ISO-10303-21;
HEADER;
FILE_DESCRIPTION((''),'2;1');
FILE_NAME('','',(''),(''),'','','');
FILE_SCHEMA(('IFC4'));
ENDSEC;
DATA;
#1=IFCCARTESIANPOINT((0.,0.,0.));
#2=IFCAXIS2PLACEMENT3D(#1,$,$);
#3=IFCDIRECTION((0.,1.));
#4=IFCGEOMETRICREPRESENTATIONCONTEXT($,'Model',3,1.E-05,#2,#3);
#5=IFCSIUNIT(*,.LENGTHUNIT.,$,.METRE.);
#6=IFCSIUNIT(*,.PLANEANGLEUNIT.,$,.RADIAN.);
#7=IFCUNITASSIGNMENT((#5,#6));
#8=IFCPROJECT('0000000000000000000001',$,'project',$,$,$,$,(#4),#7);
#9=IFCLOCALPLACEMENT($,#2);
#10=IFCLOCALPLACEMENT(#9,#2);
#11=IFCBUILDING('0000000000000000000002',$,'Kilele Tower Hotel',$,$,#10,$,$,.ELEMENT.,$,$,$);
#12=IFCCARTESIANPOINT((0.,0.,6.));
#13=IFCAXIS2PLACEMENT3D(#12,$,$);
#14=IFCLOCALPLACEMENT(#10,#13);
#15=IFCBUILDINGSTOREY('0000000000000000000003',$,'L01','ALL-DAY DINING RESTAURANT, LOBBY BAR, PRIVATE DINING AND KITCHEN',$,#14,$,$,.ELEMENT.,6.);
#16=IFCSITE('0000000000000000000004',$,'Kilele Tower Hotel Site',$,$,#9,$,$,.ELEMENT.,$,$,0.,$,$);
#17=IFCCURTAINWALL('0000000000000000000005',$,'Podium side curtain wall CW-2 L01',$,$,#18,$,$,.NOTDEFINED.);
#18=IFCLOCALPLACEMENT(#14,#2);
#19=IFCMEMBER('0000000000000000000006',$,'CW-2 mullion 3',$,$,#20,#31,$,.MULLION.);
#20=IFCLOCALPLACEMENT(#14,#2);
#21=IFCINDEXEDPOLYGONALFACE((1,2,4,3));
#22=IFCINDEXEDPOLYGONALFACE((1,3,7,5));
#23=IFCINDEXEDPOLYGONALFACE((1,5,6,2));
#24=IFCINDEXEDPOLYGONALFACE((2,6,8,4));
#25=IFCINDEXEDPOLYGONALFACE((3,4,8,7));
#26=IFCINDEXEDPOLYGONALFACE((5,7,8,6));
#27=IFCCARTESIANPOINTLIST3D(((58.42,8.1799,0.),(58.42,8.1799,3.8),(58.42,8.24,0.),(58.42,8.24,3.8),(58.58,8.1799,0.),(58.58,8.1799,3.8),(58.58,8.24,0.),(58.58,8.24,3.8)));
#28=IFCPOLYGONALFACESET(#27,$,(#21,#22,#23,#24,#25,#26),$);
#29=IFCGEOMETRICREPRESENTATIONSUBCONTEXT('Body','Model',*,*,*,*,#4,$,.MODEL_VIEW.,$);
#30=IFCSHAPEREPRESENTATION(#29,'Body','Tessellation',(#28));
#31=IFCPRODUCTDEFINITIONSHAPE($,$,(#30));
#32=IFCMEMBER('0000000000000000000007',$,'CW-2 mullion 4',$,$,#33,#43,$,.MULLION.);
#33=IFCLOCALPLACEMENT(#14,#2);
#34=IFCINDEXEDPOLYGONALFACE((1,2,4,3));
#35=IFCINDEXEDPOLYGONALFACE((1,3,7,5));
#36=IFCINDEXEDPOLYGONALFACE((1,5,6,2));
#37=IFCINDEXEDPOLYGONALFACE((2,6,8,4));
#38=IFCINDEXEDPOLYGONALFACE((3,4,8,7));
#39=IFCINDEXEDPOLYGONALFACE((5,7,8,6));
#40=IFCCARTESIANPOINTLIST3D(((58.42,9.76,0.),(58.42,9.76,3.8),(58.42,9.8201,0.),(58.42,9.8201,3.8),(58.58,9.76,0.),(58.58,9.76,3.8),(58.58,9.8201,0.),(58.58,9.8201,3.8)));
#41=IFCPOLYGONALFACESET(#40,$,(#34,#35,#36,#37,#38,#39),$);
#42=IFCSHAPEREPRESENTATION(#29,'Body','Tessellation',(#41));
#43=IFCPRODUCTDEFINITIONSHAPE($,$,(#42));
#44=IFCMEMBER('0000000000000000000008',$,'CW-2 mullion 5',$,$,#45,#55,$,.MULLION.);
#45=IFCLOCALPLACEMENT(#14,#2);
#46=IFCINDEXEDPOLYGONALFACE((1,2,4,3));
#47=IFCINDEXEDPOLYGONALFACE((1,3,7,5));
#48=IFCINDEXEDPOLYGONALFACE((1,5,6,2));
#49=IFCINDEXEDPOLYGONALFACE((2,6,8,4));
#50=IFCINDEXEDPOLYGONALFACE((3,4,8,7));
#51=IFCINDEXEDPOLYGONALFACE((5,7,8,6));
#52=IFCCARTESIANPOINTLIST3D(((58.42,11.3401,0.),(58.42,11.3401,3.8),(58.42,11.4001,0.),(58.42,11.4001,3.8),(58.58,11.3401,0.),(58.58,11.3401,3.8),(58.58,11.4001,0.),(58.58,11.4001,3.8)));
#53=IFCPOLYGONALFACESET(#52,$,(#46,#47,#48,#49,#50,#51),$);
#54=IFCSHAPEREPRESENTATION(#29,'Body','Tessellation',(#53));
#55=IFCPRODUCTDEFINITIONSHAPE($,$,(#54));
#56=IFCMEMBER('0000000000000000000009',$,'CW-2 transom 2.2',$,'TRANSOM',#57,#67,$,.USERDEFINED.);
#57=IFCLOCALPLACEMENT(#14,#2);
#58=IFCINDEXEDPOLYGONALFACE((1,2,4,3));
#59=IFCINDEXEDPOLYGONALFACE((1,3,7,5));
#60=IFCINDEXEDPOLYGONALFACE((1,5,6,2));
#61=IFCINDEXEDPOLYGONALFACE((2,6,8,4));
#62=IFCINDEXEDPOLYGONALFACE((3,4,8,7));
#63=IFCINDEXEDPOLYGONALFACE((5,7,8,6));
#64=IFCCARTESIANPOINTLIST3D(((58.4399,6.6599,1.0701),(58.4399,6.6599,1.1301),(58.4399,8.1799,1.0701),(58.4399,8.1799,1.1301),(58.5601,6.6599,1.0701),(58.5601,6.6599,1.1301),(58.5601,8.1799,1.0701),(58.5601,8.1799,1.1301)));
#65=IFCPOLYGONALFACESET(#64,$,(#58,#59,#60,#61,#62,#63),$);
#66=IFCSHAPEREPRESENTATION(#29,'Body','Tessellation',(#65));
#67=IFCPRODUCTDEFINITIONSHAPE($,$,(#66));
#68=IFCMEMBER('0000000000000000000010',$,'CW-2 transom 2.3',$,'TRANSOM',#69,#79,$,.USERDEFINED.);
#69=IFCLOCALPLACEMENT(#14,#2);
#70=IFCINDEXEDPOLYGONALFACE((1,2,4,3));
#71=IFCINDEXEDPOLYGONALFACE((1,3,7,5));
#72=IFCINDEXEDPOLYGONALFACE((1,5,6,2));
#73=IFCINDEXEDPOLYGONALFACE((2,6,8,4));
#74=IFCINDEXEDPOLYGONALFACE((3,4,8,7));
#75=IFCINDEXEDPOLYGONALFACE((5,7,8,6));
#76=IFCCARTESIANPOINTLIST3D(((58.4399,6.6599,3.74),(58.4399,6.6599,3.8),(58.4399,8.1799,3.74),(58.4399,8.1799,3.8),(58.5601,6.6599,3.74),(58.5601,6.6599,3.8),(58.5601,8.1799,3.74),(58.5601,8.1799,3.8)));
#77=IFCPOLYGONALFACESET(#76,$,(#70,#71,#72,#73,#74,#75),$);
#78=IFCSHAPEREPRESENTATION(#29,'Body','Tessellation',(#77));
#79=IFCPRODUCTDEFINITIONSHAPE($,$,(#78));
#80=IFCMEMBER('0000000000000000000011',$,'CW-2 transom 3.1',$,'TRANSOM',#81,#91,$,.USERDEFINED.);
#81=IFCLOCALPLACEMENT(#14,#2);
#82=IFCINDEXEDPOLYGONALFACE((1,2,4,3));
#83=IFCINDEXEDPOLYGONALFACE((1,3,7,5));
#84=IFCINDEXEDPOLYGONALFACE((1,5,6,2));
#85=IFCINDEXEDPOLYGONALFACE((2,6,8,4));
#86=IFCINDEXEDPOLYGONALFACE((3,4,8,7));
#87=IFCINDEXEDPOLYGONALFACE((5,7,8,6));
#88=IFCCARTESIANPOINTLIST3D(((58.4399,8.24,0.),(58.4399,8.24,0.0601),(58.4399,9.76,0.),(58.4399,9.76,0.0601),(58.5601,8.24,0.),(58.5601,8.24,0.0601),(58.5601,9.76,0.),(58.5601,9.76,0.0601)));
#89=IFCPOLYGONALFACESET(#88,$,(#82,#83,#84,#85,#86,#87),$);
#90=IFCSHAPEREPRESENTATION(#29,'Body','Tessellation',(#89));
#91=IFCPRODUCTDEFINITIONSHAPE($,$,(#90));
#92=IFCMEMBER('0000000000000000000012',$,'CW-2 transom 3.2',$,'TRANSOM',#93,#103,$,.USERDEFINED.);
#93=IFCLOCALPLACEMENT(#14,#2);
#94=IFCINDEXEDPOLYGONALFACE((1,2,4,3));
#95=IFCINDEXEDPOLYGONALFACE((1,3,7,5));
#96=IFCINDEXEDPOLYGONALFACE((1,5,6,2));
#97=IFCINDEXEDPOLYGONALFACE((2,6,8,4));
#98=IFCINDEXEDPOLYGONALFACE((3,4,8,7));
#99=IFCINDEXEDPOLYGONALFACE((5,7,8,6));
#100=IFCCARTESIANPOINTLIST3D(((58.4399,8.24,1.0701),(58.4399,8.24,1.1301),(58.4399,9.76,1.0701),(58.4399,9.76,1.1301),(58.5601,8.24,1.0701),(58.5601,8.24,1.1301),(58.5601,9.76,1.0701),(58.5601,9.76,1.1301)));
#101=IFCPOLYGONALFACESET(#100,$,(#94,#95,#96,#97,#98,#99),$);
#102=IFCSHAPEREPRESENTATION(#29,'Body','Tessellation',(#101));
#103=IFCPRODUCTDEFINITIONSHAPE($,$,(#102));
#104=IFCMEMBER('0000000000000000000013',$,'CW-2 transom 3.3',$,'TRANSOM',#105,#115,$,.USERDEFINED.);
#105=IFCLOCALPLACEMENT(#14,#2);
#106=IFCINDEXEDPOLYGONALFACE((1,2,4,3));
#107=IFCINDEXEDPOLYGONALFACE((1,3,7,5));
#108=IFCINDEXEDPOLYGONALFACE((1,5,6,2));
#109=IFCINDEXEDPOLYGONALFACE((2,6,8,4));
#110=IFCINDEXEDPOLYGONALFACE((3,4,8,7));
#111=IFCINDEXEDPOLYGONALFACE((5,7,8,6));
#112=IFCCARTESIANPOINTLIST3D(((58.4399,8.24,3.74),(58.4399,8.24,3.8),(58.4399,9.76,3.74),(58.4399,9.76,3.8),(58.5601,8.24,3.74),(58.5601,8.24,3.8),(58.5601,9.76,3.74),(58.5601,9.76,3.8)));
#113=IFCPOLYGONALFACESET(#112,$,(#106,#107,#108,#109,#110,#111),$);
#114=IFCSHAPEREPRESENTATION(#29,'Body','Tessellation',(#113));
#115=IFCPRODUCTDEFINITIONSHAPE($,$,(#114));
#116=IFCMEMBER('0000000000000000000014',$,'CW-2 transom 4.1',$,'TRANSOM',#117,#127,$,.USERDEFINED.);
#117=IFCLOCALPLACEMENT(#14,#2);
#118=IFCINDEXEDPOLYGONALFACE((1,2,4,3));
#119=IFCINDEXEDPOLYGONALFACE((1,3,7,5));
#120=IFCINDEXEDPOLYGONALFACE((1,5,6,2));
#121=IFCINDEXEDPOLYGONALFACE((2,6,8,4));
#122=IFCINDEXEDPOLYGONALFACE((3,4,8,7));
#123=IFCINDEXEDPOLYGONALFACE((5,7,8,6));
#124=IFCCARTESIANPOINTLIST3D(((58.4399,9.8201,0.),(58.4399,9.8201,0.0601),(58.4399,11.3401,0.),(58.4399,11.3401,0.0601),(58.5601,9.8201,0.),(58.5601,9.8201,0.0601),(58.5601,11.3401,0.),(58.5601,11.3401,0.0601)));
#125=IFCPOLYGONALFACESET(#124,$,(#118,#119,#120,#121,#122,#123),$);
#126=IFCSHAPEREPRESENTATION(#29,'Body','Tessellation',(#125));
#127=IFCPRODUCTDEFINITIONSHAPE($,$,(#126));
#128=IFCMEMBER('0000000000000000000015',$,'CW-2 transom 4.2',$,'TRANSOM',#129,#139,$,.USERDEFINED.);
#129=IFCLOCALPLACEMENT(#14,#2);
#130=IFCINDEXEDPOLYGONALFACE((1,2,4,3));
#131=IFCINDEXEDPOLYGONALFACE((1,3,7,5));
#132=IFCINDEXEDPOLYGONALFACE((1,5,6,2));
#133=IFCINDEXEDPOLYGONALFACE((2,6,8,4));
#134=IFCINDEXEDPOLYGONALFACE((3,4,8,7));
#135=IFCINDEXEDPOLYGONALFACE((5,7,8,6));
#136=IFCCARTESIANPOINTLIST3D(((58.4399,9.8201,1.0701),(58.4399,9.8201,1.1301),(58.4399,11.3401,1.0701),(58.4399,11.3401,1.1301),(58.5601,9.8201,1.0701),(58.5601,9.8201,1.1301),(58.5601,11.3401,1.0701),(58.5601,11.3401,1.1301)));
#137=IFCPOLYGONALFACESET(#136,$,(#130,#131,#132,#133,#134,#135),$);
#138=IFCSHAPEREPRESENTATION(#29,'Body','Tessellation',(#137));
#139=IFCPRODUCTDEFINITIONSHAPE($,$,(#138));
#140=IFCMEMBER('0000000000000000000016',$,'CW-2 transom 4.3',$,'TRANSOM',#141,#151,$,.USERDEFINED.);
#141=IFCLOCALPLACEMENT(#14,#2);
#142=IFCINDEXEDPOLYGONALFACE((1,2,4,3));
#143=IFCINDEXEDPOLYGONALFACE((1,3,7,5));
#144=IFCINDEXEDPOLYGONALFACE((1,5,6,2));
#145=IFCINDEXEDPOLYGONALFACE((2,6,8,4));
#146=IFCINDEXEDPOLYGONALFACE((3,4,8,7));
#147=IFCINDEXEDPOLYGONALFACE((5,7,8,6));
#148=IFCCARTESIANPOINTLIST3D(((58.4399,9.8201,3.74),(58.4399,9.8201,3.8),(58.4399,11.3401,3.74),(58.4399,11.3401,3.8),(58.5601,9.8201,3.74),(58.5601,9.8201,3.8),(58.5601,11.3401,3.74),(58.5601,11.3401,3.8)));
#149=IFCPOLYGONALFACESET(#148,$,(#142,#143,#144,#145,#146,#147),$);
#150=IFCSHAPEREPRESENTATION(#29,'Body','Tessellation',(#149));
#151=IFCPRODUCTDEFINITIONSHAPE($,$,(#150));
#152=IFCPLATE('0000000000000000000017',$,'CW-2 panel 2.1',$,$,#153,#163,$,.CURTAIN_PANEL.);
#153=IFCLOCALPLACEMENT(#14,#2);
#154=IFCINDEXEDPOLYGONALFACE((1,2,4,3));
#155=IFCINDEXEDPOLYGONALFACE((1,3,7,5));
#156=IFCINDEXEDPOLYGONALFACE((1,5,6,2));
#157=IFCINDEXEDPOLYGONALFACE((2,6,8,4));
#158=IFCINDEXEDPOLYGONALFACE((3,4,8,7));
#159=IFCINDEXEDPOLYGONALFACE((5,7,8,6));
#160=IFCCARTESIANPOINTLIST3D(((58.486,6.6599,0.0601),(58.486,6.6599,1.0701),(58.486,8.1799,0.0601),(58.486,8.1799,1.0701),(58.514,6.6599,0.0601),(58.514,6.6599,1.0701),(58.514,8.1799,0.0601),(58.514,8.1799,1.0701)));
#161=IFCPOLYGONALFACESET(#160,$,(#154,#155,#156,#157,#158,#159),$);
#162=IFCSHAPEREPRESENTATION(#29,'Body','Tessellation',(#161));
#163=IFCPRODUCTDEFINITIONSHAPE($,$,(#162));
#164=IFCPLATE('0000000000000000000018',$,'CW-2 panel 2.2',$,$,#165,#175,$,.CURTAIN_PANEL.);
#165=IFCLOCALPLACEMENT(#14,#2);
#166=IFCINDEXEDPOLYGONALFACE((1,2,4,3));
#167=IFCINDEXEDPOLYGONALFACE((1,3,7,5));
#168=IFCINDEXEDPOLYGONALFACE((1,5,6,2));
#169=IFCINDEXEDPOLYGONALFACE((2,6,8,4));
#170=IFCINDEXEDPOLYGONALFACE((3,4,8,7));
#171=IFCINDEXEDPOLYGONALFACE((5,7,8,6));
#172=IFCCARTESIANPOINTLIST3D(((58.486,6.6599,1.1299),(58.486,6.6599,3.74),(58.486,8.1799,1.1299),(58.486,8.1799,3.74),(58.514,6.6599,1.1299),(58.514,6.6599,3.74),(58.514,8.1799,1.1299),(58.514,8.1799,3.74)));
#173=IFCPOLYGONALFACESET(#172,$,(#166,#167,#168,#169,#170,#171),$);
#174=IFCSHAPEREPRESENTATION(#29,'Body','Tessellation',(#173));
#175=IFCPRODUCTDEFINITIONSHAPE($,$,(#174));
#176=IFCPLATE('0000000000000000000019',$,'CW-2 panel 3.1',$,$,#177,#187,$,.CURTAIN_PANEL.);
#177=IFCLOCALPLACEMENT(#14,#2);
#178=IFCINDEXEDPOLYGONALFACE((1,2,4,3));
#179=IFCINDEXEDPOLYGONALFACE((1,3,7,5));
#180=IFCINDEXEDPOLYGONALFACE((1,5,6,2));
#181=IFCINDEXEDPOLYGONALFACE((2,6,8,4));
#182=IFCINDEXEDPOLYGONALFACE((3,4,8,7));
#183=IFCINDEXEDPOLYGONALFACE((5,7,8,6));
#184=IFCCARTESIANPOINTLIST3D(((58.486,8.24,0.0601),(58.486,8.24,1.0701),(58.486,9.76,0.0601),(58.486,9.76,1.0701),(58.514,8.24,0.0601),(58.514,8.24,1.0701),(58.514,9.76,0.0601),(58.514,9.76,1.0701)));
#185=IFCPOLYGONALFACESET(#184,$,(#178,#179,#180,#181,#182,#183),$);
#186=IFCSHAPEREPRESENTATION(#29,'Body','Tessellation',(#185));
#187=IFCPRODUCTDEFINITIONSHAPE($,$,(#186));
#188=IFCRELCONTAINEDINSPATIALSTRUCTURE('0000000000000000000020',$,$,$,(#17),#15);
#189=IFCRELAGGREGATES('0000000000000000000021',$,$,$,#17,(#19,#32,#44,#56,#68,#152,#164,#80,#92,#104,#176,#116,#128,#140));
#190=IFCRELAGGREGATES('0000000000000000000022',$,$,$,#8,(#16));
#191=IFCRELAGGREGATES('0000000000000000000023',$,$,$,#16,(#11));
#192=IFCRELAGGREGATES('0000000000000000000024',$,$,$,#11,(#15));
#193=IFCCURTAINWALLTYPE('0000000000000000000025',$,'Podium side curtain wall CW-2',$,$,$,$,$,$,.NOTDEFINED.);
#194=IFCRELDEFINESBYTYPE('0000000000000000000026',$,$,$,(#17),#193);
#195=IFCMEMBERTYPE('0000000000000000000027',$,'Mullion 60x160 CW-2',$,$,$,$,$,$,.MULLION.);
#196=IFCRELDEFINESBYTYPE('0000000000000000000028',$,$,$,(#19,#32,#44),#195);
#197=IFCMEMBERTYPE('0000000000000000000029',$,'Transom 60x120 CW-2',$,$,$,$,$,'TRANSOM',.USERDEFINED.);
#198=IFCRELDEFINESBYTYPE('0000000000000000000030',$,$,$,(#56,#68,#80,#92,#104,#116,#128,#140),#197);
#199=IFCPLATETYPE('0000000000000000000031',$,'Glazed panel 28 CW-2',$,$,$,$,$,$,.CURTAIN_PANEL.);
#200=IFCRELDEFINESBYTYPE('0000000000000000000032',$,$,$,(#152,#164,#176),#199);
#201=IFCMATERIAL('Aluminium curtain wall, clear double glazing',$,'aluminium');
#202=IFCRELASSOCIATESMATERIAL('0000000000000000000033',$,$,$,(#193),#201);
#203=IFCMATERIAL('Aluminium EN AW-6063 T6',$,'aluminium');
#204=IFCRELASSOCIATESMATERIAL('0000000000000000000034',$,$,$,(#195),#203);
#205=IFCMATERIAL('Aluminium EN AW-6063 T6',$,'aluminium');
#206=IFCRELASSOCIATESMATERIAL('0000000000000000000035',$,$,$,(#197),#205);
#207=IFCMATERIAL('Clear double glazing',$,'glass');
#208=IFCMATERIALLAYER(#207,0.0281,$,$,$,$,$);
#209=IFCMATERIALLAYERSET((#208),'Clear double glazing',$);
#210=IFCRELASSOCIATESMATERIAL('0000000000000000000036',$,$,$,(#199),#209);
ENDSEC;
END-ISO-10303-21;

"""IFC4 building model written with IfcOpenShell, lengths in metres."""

from ifc_helpers import new_model, si_unit, direction, frame, origin, origin_2d, place, context, subcontext, project, spatial, rectangle, extrude, material, layer, layer_set, material_profile, profile_set, type_object, element, aggregate, save


model = new_model("IFC4")

# Units and contexts
model_context = context("Model", 3, precision=1e-05, world=origin(), true_north=direction((0.0, 1.0)))
body_context = subcontext(model_context, "Body", "Model", "MODEL_VIEW")
ifc_project = project(units=[si_unit("LENGTHUNIT", "METRE"), si_unit("PLANEANGLEUNIT", "RADIAN")], contexts=[model_context])

# Site, building, storey
site_placement = place(None, origin())
site = spatial("IfcSite", under=ifc_project, at=site_placement, Name="Kilele Tower Hotel Site", CompositionType="ELEMENT", RefElevation=0.0)
building_placement = place(site_placement, origin())
building = spatial("IfcBuilding", under=site, at=building_placement, Name="Kilele Tower Hotel", CompositionType="ELEMENT")
storey_placement = place(building_placement, frame((0.0, 0.0, 6.0)))
storey = spatial("IfcBuildingStorey", under=building, at=storey_placement, Name="L01", Description="ALL-DAY DINING RESTAURANT, LOBBY BAR, PRIVATE DINING AND KITCHEN", CompositionType="ELEMENT", Elevation=6.0)

# Curtain wall, members, plates
ifc_material_1 = material(Name="Aluminium curtain wall, clear double glazing", Category="aluminium")
curtain_wall_type = type_object("IfcCurtainWallType", Name="Podium side curtain wall CW-2", PredefinedType="NOTDEFINED", material=ifc_material_1)
curtain_wall_placement = place(storey_placement, origin())
curtain_wall = element("IfcCurtainWall", 1, at=curtain_wall_placement, inside=storey, type_object=curtain_wall_type, Name="Podium side curtain wall CW-2 L01", PredefinedType="NOTDEFINED")
ifc_material_2 = material(Name="Aluminium EN AW-6063 T6", Category="aluminium")
ifc_material_profile_1 = material_profile(ifc_material_2, rectangle(XDim=0.1599, YDim=0.0601, at=origin_2d()))
ifc_profile_set_1 = profile_set([ifc_material_profile_1], Name="Aluminium EN AW-6063 T6")
member_type_1 = type_object("IfcMemberType", Name="Mullion 60x160 CW-2", PredefinedType="MULLION", material=ifc_profile_set_1)
member_1_placement = place(storey_placement, frame((58.5, 8.21, 0.0), z_axis=(0.0, 0.0, 1.0), x_axis=(-1.0, 0.0, 0.0)))
member_1 = element("IfcMember", 2, at=member_1_placement, type_object=member_type_1, Name="CW-2 mullion 3", PredefinedType="MULLION", context=body_context, shape_type="SweptSolid", body=[
    extrude(rectangle(XDim=0.1599, YDim=0.0601, at=origin_2d()), origin(), (0.0, 0.0, 1.0), 3.8),
])
member_2_placement = place(storey_placement, frame((58.5, 9.79, 0.0), z_axis=(0.0, 0.0, 1.0), x_axis=(-1.0, 0.0, 0.0)))
member_2 = element("IfcMember", 3, at=member_2_placement, type_object=member_type_1, Name="CW-2 mullion 4", PredefinedType="MULLION", context=body_context, shape_type="SweptSolid", body=[
    extrude(rectangle(XDim=0.1599, YDim=0.0601, at=origin_2d()), origin(), (0.0, 0.0, 1.0), 3.8),
])
member_3_placement = place(storey_placement, frame((58.5, 11.3701, 0.0), z_axis=(0.0, 0.0, 1.0), x_axis=(-1.0, 0.0, 0.0)))
member_3 = element("IfcMember", 4, at=member_3_placement, type_object=member_type_1, Name="CW-2 mullion 5", PredefinedType="MULLION", context=body_context, shape_type="SweptSolid", body=[
    extrude(rectangle(XDim=0.1599, YDim=0.0601, at=origin_2d()), origin(), (0.0, 0.0, 1.0), 3.8),
])
ifc_material_3 = material(Name="Aluminium EN AW-6063 T6", Category="aluminium")
ifc_material_profile_2 = material_profile(ifc_material_3, rectangle(XDim=0.1201, YDim=0.0601, at=origin_2d()))
ifc_profile_set_2 = profile_set([ifc_material_profile_2], Name="Aluminium EN AW-6063 T6")
member_type_2 = type_object("IfcMemberType", Name="Transom 60x120 CW-2", ElementType="TRANSOM", PredefinedType="USERDEFINED", material=ifc_profile_set_2)
member_4_placement = place(storey_placement, frame((58.5, 6.6599, 1.1001), z_axis=(0.0, 1.0, 0.0), x_axis=(-1.0, 0.0, 0.0)))
member_4 = element("IfcMember", 5, at=member_4_placement, type_object=member_type_2, Name="CW-2 transom 2.2", ObjectType="TRANSOM", PredefinedType="USERDEFINED", context=body_context, shape_type="SweptSolid", body=[
    extrude(rectangle(XDim=0.1201, YDim=0.0601, at=origin_2d()), origin(), (0.0, 0.0, 1.0), 1.52),
])
member_5_placement = place(storey_placement, frame((58.5, 6.6599, 3.77), z_axis=(0.0, 1.0, 0.0), x_axis=(-1.0, 0.0, 0.0)))
member_5 = element("IfcMember", 6, at=member_5_placement, type_object=member_type_2, Name="CW-2 transom 2.3", ObjectType="TRANSOM", PredefinedType="USERDEFINED", context=body_context, shape_type="SweptSolid", body=[
    extrude(rectangle(XDim=0.1201, YDim=0.0601, at=origin_2d()), origin(), (0.0, 0.0, 1.0), 1.52),
])
member_6_placement = place(storey_placement, frame((58.5, 8.24, 0.03), z_axis=(0.0, 1.0, 0.0), x_axis=(-1.0, 0.0, 0.0)))
member_6 = element("IfcMember", 7, at=member_6_placement, type_object=member_type_2, Name="CW-2 transom 3.1", ObjectType="TRANSOM", PredefinedType="USERDEFINED", context=body_context, shape_type="SweptSolid", body=[
    extrude(rectangle(XDim=0.1201, YDim=0.0601, at=origin_2d()), origin(), (0.0, 0.0, 1.0), 1.52),
])
member_7_placement = place(storey_placement, frame((58.5, 8.24, 1.1001), z_axis=(0.0, 1.0, 0.0), x_axis=(-1.0, 0.0, 0.0)))
member_7 = element("IfcMember", 8, at=member_7_placement, type_object=member_type_2, Name="CW-2 transom 3.2", ObjectType="TRANSOM", PredefinedType="USERDEFINED", context=body_context, shape_type="SweptSolid", body=[
    extrude(rectangle(XDim=0.1201, YDim=0.0601, at=origin_2d()), origin(), (0.0, 0.0, 1.0), 1.52),
])
member_8_placement = place(storey_placement, frame((58.5, 8.24, 3.77), z_axis=(0.0, 1.0, 0.0), x_axis=(-1.0, 0.0, 0.0)))
member_8 = element("IfcMember", 9, at=member_8_placement, type_object=member_type_2, Name="CW-2 transom 3.3", ObjectType="TRANSOM", PredefinedType="USERDEFINED", context=body_context, shape_type="SweptSolid", body=[
    extrude(rectangle(XDim=0.1201, YDim=0.0601, at=origin_2d()), origin(), (0.0, 0.0, 1.0), 1.52),
])
member_9_placement = place(storey_placement, frame((58.5, 9.8201, 0.03), z_axis=(0.0, 1.0, 0.0), x_axis=(-1.0, 0.0, 0.0)))
member_9 = element("IfcMember", 10, at=member_9_placement, type_object=member_type_2, Name="CW-2 transom 4.1", ObjectType="TRANSOM", PredefinedType="USERDEFINED", context=body_context, shape_type="SweptSolid", body=[
    extrude(rectangle(XDim=0.1201, YDim=0.0601, at=origin_2d()), origin(), (0.0, 0.0, 1.0), 1.52),
])
member_10_placement = place(storey_placement, frame((58.5, 9.8201, 1.1001), z_axis=(0.0, 1.0, 0.0), x_axis=(-1.0, 0.0, 0.0)))
member_10 = element("IfcMember", 11, at=member_10_placement, type_object=member_type_2, Name="CW-2 transom 4.2", ObjectType="TRANSOM", PredefinedType="USERDEFINED", context=body_context, shape_type="SweptSolid", body=[
    extrude(rectangle(XDim=0.1201, YDim=0.0601, at=origin_2d()), origin(), (0.0, 0.0, 1.0), 1.52),
])
member_11_placement = place(storey_placement, frame((58.5, 9.8201, 3.77), z_axis=(0.0, 1.0, 0.0), x_axis=(-1.0, 0.0, 0.0)))
member_11 = element("IfcMember", 12, at=member_11_placement, type_object=member_type_2, Name="CW-2 transom 4.3", ObjectType="TRANSOM", PredefinedType="USERDEFINED", context=body_context, shape_type="SweptSolid", body=[
    extrude(rectangle(XDim=0.1201, YDim=0.0601, at=origin_2d()), origin(), (0.0, 0.0, 1.0), 1.52),
])
ifc_material_4 = material(Name="Clear double glazing", Category="glass")
ifc_layer = layer(ifc_material_4, 0.0281)
ifc_layer_set = layer_set([ifc_layer], Name="Clear double glazing")
plate_type = type_object("IfcPlateType", Name="Glazed panel 28 CW-2", PredefinedType="CURTAIN_PANEL", material=ifc_layer_set)
plate_1_placement = place(storey_placement, frame((58.5, 7.4199, 0.0601), z_axis=(0.0, 0.0, 1.0), x_axis=(0.0, 1.0, 0.0)))
plate_1 = element("IfcPlate", 13, at=plate_1_placement, type_object=plate_type, Name="CW-2 panel 2.1", PredefinedType="CURTAIN_PANEL", context=body_context, shape_type="SweptSolid", body=[
    extrude(rectangle(XDim=1.52, YDim=0.0281, at=origin_2d()), origin(), (0.0, 0.0, 1.0), 1.01),
])
plate_2_placement = place(storey_placement, frame((58.5, 7.4199, 1.1299), z_axis=(0.0, 0.0, 1.0), x_axis=(0.0, 1.0, 0.0)))
plate_2 = element("IfcPlate", 14, at=plate_2_placement, type_object=plate_type, Name="CW-2 panel 2.2", PredefinedType="CURTAIN_PANEL", context=body_context, shape_type="SweptSolid", body=[
    extrude(rectangle(XDim=1.52, YDim=0.0281, at=origin_2d()), origin(), (0.0, 0.0, 1.0), 2.6101),
])
plate_3_placement = place(storey_placement, frame((58.5, 9.0, 0.0601), z_axis=(0.0, 0.0, 1.0), x_axis=(0.0, 1.0, 0.0)))
plate_3 = element("IfcPlate", 15, at=plate_3_placement, type_object=plate_type, Name="CW-2 panel 3.1", PredefinedType="CURTAIN_PANEL", context=body_context, shape_type="SweptSolid", body=[
    extrude(rectangle(XDim=1.52, YDim=0.0281, at=origin_2d()), origin(), (0.0, 0.0, 1.0), 1.01),
])
aggregate(curtain_wall, [member_1, member_2, member_3, member_4, member_5, plate_1, plate_2, member_6, member_7, member_8, plate_3, member_9, member_10, member_11])

save(model, "model.ifc")
